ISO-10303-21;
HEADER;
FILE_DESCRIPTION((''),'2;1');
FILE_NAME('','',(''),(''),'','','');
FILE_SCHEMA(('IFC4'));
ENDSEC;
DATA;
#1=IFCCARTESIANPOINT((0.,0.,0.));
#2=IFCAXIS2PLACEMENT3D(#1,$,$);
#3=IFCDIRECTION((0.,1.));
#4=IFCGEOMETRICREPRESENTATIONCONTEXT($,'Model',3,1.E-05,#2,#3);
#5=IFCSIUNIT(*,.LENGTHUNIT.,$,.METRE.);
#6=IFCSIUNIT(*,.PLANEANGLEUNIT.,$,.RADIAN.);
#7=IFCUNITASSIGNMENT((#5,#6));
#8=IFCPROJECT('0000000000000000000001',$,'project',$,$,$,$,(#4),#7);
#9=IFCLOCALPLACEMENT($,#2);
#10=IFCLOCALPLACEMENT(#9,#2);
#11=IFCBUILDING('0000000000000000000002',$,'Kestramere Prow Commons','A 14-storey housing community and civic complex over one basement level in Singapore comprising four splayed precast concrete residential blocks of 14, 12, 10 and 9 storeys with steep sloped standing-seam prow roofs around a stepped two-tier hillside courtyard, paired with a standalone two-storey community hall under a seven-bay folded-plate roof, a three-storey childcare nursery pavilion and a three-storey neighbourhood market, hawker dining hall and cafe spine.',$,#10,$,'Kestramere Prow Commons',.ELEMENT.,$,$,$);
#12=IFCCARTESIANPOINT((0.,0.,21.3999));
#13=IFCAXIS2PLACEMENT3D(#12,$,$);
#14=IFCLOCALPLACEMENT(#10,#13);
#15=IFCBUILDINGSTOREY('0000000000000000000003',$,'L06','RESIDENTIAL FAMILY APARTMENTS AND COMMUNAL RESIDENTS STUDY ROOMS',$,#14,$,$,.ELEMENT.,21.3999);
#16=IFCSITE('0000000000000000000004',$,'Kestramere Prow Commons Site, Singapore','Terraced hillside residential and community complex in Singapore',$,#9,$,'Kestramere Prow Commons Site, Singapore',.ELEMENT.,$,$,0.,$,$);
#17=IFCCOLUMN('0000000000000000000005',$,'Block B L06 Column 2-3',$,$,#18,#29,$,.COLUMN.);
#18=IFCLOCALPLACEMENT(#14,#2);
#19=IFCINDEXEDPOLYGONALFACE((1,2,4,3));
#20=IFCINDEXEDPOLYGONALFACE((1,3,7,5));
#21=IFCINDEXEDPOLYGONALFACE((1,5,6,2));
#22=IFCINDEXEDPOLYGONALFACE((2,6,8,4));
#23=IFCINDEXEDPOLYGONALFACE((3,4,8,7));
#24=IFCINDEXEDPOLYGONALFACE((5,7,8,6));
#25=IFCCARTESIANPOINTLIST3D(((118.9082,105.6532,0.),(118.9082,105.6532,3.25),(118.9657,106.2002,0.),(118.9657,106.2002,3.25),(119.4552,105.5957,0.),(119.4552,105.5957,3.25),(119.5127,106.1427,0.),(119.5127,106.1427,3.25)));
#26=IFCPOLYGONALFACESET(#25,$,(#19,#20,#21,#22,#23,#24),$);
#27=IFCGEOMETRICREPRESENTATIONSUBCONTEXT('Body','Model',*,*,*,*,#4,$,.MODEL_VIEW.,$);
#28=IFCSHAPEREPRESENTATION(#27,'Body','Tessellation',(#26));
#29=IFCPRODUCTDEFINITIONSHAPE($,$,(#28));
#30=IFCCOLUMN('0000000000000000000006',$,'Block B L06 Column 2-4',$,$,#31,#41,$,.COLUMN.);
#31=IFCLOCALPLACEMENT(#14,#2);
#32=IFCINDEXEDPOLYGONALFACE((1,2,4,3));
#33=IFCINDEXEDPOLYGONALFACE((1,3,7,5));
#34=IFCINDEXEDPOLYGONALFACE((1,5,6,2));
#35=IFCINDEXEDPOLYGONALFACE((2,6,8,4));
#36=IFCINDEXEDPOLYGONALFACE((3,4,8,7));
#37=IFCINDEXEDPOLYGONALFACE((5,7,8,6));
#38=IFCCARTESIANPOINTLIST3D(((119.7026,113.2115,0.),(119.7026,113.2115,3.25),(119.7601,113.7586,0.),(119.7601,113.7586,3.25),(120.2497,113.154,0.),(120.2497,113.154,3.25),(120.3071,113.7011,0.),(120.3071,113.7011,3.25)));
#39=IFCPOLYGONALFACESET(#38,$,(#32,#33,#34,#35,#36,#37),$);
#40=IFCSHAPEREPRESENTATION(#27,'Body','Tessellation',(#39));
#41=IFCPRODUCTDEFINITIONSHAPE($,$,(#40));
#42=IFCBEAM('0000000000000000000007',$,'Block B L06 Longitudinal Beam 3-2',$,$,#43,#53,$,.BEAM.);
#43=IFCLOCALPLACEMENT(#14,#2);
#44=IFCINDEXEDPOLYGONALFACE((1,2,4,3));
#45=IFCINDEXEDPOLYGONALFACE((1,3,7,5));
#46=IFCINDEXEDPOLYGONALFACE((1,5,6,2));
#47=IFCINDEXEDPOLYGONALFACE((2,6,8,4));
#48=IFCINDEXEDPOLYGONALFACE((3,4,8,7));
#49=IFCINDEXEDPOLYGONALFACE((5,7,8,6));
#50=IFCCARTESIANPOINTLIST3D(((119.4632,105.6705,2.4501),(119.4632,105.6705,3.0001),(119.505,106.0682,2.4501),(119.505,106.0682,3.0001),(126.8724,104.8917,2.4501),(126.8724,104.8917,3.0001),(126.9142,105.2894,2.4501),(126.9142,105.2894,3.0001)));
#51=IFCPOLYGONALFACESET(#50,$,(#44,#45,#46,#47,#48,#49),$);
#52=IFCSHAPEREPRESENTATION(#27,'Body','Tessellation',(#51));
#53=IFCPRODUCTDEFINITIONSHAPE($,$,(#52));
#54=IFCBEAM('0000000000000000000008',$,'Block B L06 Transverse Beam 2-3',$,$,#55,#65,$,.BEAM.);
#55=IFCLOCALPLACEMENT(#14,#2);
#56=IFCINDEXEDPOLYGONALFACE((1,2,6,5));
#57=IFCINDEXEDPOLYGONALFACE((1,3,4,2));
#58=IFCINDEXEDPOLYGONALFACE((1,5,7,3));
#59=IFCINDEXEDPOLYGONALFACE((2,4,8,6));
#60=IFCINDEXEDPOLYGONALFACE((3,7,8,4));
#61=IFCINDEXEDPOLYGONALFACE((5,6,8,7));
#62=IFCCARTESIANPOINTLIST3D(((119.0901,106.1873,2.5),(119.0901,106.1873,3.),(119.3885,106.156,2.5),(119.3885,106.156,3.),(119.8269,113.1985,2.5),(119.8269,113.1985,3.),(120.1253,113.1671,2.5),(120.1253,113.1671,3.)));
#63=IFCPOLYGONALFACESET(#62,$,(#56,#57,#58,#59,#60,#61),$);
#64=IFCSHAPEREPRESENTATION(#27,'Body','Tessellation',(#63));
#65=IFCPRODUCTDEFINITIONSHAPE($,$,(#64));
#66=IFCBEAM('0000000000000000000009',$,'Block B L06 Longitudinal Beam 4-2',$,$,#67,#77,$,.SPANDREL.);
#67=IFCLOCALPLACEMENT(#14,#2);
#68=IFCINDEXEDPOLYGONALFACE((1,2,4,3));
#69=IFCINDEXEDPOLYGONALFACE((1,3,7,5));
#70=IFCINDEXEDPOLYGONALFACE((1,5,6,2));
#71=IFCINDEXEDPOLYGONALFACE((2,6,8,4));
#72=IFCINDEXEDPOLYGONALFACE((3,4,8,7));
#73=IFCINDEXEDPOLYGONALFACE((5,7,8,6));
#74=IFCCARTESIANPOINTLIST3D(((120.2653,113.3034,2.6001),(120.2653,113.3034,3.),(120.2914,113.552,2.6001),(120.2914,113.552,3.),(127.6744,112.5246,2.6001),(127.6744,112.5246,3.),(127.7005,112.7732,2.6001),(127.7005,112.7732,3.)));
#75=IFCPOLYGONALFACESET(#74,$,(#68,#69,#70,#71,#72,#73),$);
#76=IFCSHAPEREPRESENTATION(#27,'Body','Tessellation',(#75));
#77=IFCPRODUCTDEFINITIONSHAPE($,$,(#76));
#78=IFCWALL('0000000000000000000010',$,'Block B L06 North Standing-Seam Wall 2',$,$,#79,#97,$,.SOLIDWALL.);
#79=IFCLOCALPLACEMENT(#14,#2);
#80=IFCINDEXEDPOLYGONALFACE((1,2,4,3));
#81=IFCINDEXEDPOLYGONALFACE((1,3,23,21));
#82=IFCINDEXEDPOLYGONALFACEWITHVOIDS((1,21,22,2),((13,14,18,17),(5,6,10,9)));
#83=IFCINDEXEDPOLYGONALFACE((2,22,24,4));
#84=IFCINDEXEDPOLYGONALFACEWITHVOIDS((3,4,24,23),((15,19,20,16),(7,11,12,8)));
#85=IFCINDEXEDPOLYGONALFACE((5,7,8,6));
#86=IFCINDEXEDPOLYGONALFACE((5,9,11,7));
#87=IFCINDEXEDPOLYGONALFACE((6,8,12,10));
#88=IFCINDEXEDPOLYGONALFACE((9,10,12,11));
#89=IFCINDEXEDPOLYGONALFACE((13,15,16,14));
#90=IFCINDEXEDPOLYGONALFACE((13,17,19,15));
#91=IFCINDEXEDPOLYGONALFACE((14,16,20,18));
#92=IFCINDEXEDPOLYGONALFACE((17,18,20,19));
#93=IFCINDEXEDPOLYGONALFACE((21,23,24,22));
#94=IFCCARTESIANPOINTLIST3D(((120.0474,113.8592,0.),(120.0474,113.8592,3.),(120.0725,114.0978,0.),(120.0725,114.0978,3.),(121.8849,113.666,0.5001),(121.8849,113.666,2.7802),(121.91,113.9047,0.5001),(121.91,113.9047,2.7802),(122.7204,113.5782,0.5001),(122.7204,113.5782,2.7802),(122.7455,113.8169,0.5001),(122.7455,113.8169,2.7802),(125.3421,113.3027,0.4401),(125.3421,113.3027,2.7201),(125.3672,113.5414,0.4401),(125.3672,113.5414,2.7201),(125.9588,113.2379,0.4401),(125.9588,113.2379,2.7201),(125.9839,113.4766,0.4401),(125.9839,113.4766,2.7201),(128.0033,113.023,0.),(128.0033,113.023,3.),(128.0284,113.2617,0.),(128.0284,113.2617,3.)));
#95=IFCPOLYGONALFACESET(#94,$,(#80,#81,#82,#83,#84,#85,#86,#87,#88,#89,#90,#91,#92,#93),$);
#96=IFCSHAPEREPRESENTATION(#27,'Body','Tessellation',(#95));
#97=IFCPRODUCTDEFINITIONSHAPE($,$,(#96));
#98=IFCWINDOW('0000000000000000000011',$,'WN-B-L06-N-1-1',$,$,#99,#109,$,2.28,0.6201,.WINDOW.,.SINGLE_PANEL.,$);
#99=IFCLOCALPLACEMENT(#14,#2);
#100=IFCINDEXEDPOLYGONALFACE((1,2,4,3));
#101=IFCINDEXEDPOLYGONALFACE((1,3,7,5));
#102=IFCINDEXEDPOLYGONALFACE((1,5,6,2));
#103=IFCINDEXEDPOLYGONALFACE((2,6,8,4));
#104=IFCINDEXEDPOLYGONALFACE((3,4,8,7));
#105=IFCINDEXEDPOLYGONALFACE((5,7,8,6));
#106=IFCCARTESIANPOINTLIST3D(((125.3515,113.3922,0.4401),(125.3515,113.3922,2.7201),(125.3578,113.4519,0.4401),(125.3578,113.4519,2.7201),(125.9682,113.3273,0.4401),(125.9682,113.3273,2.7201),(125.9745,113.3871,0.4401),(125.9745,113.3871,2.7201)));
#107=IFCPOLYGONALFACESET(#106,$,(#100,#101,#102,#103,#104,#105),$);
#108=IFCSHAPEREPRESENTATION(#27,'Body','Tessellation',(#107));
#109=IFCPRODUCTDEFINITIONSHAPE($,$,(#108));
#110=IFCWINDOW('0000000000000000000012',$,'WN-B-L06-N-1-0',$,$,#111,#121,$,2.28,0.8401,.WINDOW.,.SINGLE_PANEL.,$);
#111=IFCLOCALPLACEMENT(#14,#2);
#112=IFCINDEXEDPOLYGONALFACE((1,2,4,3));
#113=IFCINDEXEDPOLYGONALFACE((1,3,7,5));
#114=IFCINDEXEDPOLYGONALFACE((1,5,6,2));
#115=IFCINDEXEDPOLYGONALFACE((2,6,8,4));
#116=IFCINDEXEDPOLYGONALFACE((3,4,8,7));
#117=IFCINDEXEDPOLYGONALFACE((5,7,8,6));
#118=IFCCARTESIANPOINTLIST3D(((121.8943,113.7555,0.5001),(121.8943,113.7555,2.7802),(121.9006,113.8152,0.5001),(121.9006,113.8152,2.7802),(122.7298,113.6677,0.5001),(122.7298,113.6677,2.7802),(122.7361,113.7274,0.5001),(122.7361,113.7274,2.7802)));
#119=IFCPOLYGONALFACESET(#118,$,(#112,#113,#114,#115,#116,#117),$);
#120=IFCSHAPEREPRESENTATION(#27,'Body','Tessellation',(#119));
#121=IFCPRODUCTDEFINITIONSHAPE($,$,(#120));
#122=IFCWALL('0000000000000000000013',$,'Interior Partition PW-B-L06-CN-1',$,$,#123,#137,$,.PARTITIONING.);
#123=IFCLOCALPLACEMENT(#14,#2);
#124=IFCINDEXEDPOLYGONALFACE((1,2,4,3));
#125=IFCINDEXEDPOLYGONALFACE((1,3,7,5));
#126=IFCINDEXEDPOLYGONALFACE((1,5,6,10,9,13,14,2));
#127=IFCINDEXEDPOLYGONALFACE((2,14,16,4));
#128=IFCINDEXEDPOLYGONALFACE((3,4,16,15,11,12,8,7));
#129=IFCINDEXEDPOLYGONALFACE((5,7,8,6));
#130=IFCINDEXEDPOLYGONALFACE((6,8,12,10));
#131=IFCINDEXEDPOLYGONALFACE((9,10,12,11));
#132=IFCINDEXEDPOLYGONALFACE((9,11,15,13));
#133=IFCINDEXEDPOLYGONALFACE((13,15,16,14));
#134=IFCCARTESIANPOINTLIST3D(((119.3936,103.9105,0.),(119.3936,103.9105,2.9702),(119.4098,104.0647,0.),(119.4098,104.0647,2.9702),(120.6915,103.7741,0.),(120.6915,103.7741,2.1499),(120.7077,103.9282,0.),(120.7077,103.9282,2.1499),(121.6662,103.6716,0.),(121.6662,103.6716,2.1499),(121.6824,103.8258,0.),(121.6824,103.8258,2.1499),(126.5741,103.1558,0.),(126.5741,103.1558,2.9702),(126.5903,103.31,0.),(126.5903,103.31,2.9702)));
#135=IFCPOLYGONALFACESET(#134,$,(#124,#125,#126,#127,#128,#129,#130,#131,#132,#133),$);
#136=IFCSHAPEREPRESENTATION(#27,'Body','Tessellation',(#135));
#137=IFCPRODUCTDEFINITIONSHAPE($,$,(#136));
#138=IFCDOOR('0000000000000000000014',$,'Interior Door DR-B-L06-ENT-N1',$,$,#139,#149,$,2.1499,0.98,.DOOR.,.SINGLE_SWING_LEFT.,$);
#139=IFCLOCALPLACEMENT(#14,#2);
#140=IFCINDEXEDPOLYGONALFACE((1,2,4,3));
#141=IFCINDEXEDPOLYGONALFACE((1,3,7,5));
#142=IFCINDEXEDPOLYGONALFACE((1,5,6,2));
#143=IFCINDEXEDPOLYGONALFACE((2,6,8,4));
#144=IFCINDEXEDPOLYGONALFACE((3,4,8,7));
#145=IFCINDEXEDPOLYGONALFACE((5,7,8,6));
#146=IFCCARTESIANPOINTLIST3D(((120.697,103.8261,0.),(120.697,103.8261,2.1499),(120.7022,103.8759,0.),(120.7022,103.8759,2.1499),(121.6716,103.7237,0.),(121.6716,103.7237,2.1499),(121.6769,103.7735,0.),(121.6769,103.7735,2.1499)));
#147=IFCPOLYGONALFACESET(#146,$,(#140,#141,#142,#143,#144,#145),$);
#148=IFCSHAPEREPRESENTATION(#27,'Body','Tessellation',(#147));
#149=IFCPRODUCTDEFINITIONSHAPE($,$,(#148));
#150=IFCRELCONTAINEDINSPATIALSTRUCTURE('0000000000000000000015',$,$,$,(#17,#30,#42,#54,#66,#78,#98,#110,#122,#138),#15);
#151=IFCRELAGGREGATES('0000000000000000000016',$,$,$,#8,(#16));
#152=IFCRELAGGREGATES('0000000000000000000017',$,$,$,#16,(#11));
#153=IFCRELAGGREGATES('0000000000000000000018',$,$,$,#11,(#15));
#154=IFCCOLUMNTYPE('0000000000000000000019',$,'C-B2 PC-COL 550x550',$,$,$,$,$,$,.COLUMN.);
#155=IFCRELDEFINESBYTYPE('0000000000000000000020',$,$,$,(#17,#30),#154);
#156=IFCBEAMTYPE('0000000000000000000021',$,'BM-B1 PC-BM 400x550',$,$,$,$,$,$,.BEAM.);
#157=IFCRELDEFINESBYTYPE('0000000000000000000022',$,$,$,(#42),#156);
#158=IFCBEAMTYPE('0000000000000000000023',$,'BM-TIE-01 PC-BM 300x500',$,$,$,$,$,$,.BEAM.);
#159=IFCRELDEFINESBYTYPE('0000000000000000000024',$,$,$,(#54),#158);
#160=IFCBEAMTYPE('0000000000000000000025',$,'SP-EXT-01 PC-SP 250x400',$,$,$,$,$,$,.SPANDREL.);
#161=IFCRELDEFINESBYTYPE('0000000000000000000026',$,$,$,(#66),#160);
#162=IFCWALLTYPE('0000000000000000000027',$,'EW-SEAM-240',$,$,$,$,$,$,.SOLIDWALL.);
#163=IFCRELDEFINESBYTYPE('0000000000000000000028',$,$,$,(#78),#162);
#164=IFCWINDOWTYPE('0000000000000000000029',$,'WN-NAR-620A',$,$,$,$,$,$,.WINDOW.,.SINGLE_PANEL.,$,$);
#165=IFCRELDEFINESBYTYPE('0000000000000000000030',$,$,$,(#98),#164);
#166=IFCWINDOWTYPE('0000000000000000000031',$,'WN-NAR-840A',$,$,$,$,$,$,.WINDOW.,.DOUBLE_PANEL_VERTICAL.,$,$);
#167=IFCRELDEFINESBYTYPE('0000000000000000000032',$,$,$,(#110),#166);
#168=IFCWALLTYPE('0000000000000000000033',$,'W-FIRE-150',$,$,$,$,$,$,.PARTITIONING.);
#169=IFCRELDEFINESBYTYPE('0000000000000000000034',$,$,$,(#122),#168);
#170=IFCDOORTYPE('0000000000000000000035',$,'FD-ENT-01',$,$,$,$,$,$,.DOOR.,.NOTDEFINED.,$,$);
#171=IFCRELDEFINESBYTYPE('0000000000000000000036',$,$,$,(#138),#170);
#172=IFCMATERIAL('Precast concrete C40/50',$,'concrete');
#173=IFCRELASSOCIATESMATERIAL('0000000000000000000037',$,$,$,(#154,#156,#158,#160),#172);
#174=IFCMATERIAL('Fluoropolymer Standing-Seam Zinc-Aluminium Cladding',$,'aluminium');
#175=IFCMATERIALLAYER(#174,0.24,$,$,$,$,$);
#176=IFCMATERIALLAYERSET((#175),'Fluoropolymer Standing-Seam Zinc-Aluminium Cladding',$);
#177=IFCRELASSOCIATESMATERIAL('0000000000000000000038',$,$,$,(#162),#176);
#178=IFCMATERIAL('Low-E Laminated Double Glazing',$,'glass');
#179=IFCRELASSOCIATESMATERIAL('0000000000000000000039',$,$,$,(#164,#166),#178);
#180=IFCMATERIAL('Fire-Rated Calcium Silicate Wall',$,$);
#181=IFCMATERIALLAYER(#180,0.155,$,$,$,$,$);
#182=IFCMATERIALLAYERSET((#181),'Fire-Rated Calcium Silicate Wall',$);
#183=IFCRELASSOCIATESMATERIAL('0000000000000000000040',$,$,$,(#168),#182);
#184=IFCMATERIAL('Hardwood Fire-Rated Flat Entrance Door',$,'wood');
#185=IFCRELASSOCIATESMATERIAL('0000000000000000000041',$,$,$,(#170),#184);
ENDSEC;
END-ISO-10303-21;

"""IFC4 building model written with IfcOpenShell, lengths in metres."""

from ifc_helpers import new_model, si_unit, direction, frame, frame_2d, origin, origin_2d, place, context, subcontext, project, spatial, rectangle, extrude, material, layer, layer_set, material_profile, profile_set, type_object, element, fill, save


model = new_model("IFC4")

# Units and contexts
model_context = context("Model", 3, precision=1e-05, world=origin(), true_north=direction((0.0, 1.0)))
body_context = subcontext(model_context, "Body", "Model", "MODEL_VIEW")
ifc_project = project(units=[si_unit("LENGTHUNIT", "METRE"), si_unit("PLANEANGLEUNIT", "RADIAN")], contexts=[model_context])

# Site, building, storey
site_placement = place(None, origin())
site = spatial("IfcSite", under=ifc_project, at=site_placement, Name="Kestramere Prow Commons Site, Singapore", Description="Terraced hillside residential and community complex in Singapore", LongName="Kestramere Prow Commons Site, Singapore", CompositionType="ELEMENT", RefElevation=0.0)
building_placement = place(site_placement, origin())
building = spatial("IfcBuilding", under=site, at=building_placement, Name="Kestramere Prow Commons", Description="A 14-storey housing community and civic complex over one basement level in Singapore comprising four splayed precast concrete residential blocks of 14, 12, 10 and 9 storeys with steep sloped standing-seam prow roofs around a stepped two-tier hillside courtyard, paired with a standalone two-storey community hall under a seven-bay folded-plate roof, a three-storey childcare nursery pavilion and a three-storey neighbourhood market, hawker dining hall and cafe spine.", LongName="Kestramere Prow Commons", CompositionType="ELEMENT")
storey_placement = place(building_placement, frame((0.0, 0.0, 21.3999)))
storey = spatial("IfcBuildingStorey", under=building, at=storey_placement, Name="L06", Description="RESIDENTIAL FAMILY APARTMENTS AND COMMUNAL RESIDENTS STUDY ROOMS", CompositionType="ELEMENT", Elevation=21.3999)

# Columns
ifc_material_1 = material(Name="Precast concrete C40/50", Category="concrete")
ifc_material_profile_1 = material_profile(ifc_material_1, rectangle(XDim=0.55, YDim=0.55, at=origin_2d()), Name="PC-COL 550x550")
ifc_profile_set_1 = profile_set([ifc_material_profile_1], Name="Precast concrete C40/50")
column_type = type_object("IfcColumnType", Name="C-B2 PC-COL 550x550", PredefinedType="COLUMN", material=ifc_profile_set_1)
for number, where, z_axis, x_axis, name in (
    (1, (119.2104, 105.8979, 0.0), (0.0, 0.0, 1.0), (0.994522, -0.104528, 0.0), "Block B L06 Column 2-3"),
    (2, (120.0049, 113.4563, 0.0), (0.0, 0.0, 1.0), (0.994522, -0.104528, 0.0), "Block B L06 Column 2-4"),
):
    element("IfcColumn", number, at=place(storey_placement, frame(where, z_axis=z_axis, x_axis=x_axis)), inside=storey, type_object=column_type, Name=name, PredefinedType="COLUMN", context=body_context, shape_type="SweptSolid", body=[
        extrude(rectangle(XDim=0.55, YDim=0.55, at=origin_2d()), origin(), (0.0, 0.0, 1.0), 3.25),
    ])

# Beams
ifc_material_profile_2 = material_profile(ifc_material_1, rectangle(XDim=0.3999, YDim=0.55, at=origin_2d()), Name="PC-BM 400x550")
ifc_profile_set_2 = profile_set([ifc_material_profile_2], Name="Precast concrete C40/50")
beam_type_1 = type_object("IfcBeamType", Name="BM-B1 PC-BM 400x550", PredefinedType="BEAM", material=ifc_profile_set_2)
beam_1_placement = place(storey_placement, frame((119.4841, 105.8694, 2.7251), z_axis=(0.994521, -0.104538, 0.0), x_axis=(0.104538, 0.994521, 0.0)))
element("IfcBeam", 3, at=beam_1_placement, inside=storey, type_object=beam_type_1, Name="Block B L06 Longitudinal Beam 3-2", PredefinedType="BEAM", context=body_context, shape_type="SweptSolid", body=[
    extrude(rectangle(XDim=0.3999, YDim=0.55, at=origin_2d()), origin(), (0.0, 0.0, 1.0), 7.45),
])
ifc_material_profile_3 = material_profile(ifc_material_1, rectangle(XDim=0.3, YDim=0.5, at=origin_2d()), Name="PC-BM 300x500")
ifc_profile_set_3 = profile_set([ifc_material_profile_3], Name="Precast concrete C40/50")
beam_type_2 = type_object("IfcBeamType", Name="BM-TIE-01 PC-BM 300x500", PredefinedType="BEAM", material=ifc_profile_set_3)
beam_2_placement = place(storey_placement, frame((119.2393, 106.1716, 2.75), z_axis=(0.104515, 0.994523, 0.0), x_axis=(-0.994523, 0.104515, 0.0)))
element("IfcBeam", 4, at=beam_2_placement, inside=storey, type_object=beam_type_2, Name="Block B L06 Transverse Beam 2-3", PredefinedType="BEAM", context=body_context, shape_type="SweptSolid", body=[
    extrude(rectangle(XDim=0.3, YDim=0.5, at=origin_2d()), origin(), (0.0, 0.0, 1.0), 7.0498),
])
ifc_material_profile_4 = material_profile(ifc_material_1, rectangle(XDim=0.25, YDim=0.3999, at=origin_2d()), Name="PC-SP 250x400")
ifc_profile_set_4 = profile_set([ifc_material_profile_4], Name="Precast concrete C40/50")
beam_type_3 = type_object("IfcBeamType", Name="SP-EXT-01 PC-SP 250x400", PredefinedType="SPANDREL", material=ifc_profile_set_4)
beam_3_placement = place(storey_placement, frame((120.2783, 113.4277, 2.8), z_axis=(0.994521, -0.104538, 0.0), x_axis=(0.104538, 0.994521, 0.0)))
element("IfcBeam", 5, at=beam_3_placement, inside=storey, type_object=beam_type_3, Name="Block B L06 Longitudinal Beam 4-2", PredefinedType="SPANDREL", context=body_context, shape_type="SweptSolid", body=[
    extrude(rectangle(XDim=0.25, YDim=0.3999, at=origin_2d()), origin(), (0.0, 0.0, 1.0), 7.45),
])

# Wall, openings, windows
ifc_material_2 = material(Name="Fluoropolymer Standing-Seam Zinc-Aluminium Cladding", Category="aluminium")
ifc_layer_1 = layer(ifc_material_2, 0.24)
ifc_layer_set_1 = layer_set([ifc_layer_1], Name="Fluoropolymer Standing-Seam Zinc-Aluminium Cladding")
wall_type_1 = type_object("IfcWallType", Name="EW-SEAM-240", PredefinedType="SOLIDWALL", material=ifc_layer_set_1)
wall_1_placement = place(storey_placement, frame((120.0598, 113.9785, 0.0), z_axis=(0.0, 0.0, 1.0), x_axis=(0.994522, -0.104524, 0.0)))
wall_1 = element("IfcWall", 6, at=wall_1_placement, inside=storey, type_object=wall_type_1, Name="Block B L06 North Standing-Seam Wall 2", PredefinedType="SOLIDWALL", context=body_context, shape_type="SweptSolid", body=[
    extrude(rectangle(XDim=7.9998, YDim=0.24, at=frame_2d((4.0, 0.0))), origin(), (0.0, 0.0, 1.0), 3.0),
])
opening_1_placement = place(wall_1_placement, frame((1.8479, 0.0, 0.5)))
opening_1 = element("IfcOpeningElement", 7, at=opening_1_placement, cuts=wall_1, PredefinedType="OPENING", context=body_context, shape_type="SweptSolid", body=[
    extrude(rectangle(XDim=0.8401, YDim=2.28, at=frame_2d((0.4199, 1.1401))), frame((0.0, 0.135, 0.0), z_axis=(0.0, -1.0, 0.0), x_axis=(1.0, 0.0, 0.0)), (0.0, 0.0, 1.0), 0.27),
])
opening_2_placement = place(wall_1_placement, frame((5.324, 0.0, 0.4399)))
opening_2 = element("IfcOpeningElement", 8, at=opening_2_placement, cuts=wall_1, PredefinedType="OPENING", context=body_context, shape_type="SweptSolid", body=[
    extrude(rectangle(XDim=0.6201, YDim=2.28, at=frame_2d((0.3101, 1.1401))), frame((0.0, 0.135, 0.0), z_axis=(0.0, -1.0, 0.0), x_axis=(1.0, 0.0, 0.0)), (0.0, 0.0, 1.0), 0.27),
])
ifc_material_3 = material(Name="Low-E Laminated Double Glazing", Category="glass")
window_type_1 = type_object("IfcWindowType", Name="WN-NAR-620A", PartitioningType="SINGLE_PANEL", PredefinedType="WINDOW", material=ifc_material_3)
window_1_placement = place(opening_2_placement, origin())
window_1 = element("IfcWindow", 9, at=window_1_placement, inside=storey, type_object=window_type_1, Name="WN-B-L06-N-1-1", OverallHeight=2.28, OverallWidth=0.6201, PartitioningType="SINGLE_PANEL", PredefinedType="WINDOW", context=body_context, shape_type="SweptSolid", body=[
    extrude(rectangle(XDim=0.6201, YDim=2.28, at=frame_2d((0.3101, 1.1401))), frame((0.0, 0.03, 0.0), z_axis=(0.0, -1.0, 0.0), x_axis=(1.0, 0.0, 0.0)), (0.0, 0.0, 1.0), 0.0601),
])
fill(opening_2, window_1)
window_type_2 = type_object("IfcWindowType", Name="WN-NAR-840A", PartitioningType="DOUBLE_PANEL_VERTICAL", PredefinedType="WINDOW", material=ifc_material_3)
window_2_placement = place(opening_1_placement, origin())
window_2 = element("IfcWindow", 10, at=window_2_placement, inside=storey, type_object=window_type_2, Name="WN-B-L06-N-1-0", OverallHeight=2.28, OverallWidth=0.8401, PartitioningType="SINGLE_PANEL", PredefinedType="WINDOW", context=body_context, shape_type="SweptSolid", body=[
    extrude(rectangle(XDim=0.8401, YDim=2.28, at=frame_2d((0.4199, 1.1401))), frame((0.0, 0.03, 0.0), z_axis=(0.0, -1.0, 0.0), x_axis=(1.0, 0.0, 0.0)), (0.0, 0.0, 1.0), 0.0601),
])
fill(opening_1, window_2)

# Wall, opening, door
ifc_material_4 = material(Name="Fire-Rated Calcium Silicate Wall")
ifc_layer_2 = layer(ifc_material_4, 0.155)
ifc_layer_set_2 = layer_set([ifc_layer_2], Name="Fire-Rated Calcium Silicate Wall")
wall_type_2 = type_object("IfcWallType", Name="W-FIRE-150", PredefinedType="PARTITIONING", material=ifc_layer_set_2)
wall_2_placement = place(storey_placement, frame((119.4019, 103.9875, 0.0), z_axis=(0.0, 0.0, 1.0), x_axis=(0.994523, -0.104521, 0.0)))
wall_2 = element("IfcWall", 11, at=wall_2_placement, inside=storey, type_object=wall_type_2, Name="Interior Partition PW-B-L06-CN-1", PredefinedType="PARTITIONING", context=body_context, shape_type="SweptSolid", body=[
    extrude(rectangle(XDim=7.22, YDim=0.155, at=frame_2d((3.6099, 0.0))), origin(), (0.0, 0.0, 1.0), 2.9702),
])
opening_3_placement = place(wall_2_placement, frame((1.3049, 0.0, 0.0)))
opening_3 = element("IfcOpeningElement", 12, at=opening_3_placement, cuts=wall_2, PredefinedType="OPENING", context=body_context, shape_type="SweptSolid", body=[
    extrude(rectangle(XDim=0.98, YDim=2.1499, at=frame_2d((0.49, 1.075))), frame((0.0, 0.0925, 0.0), z_axis=(0.0, -1.0, 0.0), x_axis=(1.0, 0.0, 0.0)), (0.0, 0.0, 1.0), 0.1851),
])
ifc_material_5 = material(Name="Hardwood Fire-Rated Flat Entrance Door", Category="wood")
door_type_1 = type_object("IfcDoorType", Name="FD-ENT-01", OperationType="NOTDEFINED", PredefinedType="DOOR", material=ifc_material_5)
door_1_placement = place(opening_3_placement, origin())
door_1 = element("IfcDoor", 13, at=door_1_placement, inside=storey, type_object=door_type_1, Name="Interior Door DR-B-L06-ENT-N1", OperationType="SINGLE_SWING_LEFT", OverallHeight=2.1499, OverallWidth=0.98, PredefinedType="DOOR", context=body_context, shape_type="SweptSolid", body=[
    extrude(rectangle(XDim=0.98, YDim=2.1499, at=frame_2d((0.49, 1.075))), frame((0.0, 0.0249, 0.0), z_axis=(0.0, -1.0, 0.0), x_axis=(1.0, 0.0, 0.0)), (0.0, 0.0, 1.0), 0.05),
])
fill(opening_3, door_1)

save(model, "model.ifc")
